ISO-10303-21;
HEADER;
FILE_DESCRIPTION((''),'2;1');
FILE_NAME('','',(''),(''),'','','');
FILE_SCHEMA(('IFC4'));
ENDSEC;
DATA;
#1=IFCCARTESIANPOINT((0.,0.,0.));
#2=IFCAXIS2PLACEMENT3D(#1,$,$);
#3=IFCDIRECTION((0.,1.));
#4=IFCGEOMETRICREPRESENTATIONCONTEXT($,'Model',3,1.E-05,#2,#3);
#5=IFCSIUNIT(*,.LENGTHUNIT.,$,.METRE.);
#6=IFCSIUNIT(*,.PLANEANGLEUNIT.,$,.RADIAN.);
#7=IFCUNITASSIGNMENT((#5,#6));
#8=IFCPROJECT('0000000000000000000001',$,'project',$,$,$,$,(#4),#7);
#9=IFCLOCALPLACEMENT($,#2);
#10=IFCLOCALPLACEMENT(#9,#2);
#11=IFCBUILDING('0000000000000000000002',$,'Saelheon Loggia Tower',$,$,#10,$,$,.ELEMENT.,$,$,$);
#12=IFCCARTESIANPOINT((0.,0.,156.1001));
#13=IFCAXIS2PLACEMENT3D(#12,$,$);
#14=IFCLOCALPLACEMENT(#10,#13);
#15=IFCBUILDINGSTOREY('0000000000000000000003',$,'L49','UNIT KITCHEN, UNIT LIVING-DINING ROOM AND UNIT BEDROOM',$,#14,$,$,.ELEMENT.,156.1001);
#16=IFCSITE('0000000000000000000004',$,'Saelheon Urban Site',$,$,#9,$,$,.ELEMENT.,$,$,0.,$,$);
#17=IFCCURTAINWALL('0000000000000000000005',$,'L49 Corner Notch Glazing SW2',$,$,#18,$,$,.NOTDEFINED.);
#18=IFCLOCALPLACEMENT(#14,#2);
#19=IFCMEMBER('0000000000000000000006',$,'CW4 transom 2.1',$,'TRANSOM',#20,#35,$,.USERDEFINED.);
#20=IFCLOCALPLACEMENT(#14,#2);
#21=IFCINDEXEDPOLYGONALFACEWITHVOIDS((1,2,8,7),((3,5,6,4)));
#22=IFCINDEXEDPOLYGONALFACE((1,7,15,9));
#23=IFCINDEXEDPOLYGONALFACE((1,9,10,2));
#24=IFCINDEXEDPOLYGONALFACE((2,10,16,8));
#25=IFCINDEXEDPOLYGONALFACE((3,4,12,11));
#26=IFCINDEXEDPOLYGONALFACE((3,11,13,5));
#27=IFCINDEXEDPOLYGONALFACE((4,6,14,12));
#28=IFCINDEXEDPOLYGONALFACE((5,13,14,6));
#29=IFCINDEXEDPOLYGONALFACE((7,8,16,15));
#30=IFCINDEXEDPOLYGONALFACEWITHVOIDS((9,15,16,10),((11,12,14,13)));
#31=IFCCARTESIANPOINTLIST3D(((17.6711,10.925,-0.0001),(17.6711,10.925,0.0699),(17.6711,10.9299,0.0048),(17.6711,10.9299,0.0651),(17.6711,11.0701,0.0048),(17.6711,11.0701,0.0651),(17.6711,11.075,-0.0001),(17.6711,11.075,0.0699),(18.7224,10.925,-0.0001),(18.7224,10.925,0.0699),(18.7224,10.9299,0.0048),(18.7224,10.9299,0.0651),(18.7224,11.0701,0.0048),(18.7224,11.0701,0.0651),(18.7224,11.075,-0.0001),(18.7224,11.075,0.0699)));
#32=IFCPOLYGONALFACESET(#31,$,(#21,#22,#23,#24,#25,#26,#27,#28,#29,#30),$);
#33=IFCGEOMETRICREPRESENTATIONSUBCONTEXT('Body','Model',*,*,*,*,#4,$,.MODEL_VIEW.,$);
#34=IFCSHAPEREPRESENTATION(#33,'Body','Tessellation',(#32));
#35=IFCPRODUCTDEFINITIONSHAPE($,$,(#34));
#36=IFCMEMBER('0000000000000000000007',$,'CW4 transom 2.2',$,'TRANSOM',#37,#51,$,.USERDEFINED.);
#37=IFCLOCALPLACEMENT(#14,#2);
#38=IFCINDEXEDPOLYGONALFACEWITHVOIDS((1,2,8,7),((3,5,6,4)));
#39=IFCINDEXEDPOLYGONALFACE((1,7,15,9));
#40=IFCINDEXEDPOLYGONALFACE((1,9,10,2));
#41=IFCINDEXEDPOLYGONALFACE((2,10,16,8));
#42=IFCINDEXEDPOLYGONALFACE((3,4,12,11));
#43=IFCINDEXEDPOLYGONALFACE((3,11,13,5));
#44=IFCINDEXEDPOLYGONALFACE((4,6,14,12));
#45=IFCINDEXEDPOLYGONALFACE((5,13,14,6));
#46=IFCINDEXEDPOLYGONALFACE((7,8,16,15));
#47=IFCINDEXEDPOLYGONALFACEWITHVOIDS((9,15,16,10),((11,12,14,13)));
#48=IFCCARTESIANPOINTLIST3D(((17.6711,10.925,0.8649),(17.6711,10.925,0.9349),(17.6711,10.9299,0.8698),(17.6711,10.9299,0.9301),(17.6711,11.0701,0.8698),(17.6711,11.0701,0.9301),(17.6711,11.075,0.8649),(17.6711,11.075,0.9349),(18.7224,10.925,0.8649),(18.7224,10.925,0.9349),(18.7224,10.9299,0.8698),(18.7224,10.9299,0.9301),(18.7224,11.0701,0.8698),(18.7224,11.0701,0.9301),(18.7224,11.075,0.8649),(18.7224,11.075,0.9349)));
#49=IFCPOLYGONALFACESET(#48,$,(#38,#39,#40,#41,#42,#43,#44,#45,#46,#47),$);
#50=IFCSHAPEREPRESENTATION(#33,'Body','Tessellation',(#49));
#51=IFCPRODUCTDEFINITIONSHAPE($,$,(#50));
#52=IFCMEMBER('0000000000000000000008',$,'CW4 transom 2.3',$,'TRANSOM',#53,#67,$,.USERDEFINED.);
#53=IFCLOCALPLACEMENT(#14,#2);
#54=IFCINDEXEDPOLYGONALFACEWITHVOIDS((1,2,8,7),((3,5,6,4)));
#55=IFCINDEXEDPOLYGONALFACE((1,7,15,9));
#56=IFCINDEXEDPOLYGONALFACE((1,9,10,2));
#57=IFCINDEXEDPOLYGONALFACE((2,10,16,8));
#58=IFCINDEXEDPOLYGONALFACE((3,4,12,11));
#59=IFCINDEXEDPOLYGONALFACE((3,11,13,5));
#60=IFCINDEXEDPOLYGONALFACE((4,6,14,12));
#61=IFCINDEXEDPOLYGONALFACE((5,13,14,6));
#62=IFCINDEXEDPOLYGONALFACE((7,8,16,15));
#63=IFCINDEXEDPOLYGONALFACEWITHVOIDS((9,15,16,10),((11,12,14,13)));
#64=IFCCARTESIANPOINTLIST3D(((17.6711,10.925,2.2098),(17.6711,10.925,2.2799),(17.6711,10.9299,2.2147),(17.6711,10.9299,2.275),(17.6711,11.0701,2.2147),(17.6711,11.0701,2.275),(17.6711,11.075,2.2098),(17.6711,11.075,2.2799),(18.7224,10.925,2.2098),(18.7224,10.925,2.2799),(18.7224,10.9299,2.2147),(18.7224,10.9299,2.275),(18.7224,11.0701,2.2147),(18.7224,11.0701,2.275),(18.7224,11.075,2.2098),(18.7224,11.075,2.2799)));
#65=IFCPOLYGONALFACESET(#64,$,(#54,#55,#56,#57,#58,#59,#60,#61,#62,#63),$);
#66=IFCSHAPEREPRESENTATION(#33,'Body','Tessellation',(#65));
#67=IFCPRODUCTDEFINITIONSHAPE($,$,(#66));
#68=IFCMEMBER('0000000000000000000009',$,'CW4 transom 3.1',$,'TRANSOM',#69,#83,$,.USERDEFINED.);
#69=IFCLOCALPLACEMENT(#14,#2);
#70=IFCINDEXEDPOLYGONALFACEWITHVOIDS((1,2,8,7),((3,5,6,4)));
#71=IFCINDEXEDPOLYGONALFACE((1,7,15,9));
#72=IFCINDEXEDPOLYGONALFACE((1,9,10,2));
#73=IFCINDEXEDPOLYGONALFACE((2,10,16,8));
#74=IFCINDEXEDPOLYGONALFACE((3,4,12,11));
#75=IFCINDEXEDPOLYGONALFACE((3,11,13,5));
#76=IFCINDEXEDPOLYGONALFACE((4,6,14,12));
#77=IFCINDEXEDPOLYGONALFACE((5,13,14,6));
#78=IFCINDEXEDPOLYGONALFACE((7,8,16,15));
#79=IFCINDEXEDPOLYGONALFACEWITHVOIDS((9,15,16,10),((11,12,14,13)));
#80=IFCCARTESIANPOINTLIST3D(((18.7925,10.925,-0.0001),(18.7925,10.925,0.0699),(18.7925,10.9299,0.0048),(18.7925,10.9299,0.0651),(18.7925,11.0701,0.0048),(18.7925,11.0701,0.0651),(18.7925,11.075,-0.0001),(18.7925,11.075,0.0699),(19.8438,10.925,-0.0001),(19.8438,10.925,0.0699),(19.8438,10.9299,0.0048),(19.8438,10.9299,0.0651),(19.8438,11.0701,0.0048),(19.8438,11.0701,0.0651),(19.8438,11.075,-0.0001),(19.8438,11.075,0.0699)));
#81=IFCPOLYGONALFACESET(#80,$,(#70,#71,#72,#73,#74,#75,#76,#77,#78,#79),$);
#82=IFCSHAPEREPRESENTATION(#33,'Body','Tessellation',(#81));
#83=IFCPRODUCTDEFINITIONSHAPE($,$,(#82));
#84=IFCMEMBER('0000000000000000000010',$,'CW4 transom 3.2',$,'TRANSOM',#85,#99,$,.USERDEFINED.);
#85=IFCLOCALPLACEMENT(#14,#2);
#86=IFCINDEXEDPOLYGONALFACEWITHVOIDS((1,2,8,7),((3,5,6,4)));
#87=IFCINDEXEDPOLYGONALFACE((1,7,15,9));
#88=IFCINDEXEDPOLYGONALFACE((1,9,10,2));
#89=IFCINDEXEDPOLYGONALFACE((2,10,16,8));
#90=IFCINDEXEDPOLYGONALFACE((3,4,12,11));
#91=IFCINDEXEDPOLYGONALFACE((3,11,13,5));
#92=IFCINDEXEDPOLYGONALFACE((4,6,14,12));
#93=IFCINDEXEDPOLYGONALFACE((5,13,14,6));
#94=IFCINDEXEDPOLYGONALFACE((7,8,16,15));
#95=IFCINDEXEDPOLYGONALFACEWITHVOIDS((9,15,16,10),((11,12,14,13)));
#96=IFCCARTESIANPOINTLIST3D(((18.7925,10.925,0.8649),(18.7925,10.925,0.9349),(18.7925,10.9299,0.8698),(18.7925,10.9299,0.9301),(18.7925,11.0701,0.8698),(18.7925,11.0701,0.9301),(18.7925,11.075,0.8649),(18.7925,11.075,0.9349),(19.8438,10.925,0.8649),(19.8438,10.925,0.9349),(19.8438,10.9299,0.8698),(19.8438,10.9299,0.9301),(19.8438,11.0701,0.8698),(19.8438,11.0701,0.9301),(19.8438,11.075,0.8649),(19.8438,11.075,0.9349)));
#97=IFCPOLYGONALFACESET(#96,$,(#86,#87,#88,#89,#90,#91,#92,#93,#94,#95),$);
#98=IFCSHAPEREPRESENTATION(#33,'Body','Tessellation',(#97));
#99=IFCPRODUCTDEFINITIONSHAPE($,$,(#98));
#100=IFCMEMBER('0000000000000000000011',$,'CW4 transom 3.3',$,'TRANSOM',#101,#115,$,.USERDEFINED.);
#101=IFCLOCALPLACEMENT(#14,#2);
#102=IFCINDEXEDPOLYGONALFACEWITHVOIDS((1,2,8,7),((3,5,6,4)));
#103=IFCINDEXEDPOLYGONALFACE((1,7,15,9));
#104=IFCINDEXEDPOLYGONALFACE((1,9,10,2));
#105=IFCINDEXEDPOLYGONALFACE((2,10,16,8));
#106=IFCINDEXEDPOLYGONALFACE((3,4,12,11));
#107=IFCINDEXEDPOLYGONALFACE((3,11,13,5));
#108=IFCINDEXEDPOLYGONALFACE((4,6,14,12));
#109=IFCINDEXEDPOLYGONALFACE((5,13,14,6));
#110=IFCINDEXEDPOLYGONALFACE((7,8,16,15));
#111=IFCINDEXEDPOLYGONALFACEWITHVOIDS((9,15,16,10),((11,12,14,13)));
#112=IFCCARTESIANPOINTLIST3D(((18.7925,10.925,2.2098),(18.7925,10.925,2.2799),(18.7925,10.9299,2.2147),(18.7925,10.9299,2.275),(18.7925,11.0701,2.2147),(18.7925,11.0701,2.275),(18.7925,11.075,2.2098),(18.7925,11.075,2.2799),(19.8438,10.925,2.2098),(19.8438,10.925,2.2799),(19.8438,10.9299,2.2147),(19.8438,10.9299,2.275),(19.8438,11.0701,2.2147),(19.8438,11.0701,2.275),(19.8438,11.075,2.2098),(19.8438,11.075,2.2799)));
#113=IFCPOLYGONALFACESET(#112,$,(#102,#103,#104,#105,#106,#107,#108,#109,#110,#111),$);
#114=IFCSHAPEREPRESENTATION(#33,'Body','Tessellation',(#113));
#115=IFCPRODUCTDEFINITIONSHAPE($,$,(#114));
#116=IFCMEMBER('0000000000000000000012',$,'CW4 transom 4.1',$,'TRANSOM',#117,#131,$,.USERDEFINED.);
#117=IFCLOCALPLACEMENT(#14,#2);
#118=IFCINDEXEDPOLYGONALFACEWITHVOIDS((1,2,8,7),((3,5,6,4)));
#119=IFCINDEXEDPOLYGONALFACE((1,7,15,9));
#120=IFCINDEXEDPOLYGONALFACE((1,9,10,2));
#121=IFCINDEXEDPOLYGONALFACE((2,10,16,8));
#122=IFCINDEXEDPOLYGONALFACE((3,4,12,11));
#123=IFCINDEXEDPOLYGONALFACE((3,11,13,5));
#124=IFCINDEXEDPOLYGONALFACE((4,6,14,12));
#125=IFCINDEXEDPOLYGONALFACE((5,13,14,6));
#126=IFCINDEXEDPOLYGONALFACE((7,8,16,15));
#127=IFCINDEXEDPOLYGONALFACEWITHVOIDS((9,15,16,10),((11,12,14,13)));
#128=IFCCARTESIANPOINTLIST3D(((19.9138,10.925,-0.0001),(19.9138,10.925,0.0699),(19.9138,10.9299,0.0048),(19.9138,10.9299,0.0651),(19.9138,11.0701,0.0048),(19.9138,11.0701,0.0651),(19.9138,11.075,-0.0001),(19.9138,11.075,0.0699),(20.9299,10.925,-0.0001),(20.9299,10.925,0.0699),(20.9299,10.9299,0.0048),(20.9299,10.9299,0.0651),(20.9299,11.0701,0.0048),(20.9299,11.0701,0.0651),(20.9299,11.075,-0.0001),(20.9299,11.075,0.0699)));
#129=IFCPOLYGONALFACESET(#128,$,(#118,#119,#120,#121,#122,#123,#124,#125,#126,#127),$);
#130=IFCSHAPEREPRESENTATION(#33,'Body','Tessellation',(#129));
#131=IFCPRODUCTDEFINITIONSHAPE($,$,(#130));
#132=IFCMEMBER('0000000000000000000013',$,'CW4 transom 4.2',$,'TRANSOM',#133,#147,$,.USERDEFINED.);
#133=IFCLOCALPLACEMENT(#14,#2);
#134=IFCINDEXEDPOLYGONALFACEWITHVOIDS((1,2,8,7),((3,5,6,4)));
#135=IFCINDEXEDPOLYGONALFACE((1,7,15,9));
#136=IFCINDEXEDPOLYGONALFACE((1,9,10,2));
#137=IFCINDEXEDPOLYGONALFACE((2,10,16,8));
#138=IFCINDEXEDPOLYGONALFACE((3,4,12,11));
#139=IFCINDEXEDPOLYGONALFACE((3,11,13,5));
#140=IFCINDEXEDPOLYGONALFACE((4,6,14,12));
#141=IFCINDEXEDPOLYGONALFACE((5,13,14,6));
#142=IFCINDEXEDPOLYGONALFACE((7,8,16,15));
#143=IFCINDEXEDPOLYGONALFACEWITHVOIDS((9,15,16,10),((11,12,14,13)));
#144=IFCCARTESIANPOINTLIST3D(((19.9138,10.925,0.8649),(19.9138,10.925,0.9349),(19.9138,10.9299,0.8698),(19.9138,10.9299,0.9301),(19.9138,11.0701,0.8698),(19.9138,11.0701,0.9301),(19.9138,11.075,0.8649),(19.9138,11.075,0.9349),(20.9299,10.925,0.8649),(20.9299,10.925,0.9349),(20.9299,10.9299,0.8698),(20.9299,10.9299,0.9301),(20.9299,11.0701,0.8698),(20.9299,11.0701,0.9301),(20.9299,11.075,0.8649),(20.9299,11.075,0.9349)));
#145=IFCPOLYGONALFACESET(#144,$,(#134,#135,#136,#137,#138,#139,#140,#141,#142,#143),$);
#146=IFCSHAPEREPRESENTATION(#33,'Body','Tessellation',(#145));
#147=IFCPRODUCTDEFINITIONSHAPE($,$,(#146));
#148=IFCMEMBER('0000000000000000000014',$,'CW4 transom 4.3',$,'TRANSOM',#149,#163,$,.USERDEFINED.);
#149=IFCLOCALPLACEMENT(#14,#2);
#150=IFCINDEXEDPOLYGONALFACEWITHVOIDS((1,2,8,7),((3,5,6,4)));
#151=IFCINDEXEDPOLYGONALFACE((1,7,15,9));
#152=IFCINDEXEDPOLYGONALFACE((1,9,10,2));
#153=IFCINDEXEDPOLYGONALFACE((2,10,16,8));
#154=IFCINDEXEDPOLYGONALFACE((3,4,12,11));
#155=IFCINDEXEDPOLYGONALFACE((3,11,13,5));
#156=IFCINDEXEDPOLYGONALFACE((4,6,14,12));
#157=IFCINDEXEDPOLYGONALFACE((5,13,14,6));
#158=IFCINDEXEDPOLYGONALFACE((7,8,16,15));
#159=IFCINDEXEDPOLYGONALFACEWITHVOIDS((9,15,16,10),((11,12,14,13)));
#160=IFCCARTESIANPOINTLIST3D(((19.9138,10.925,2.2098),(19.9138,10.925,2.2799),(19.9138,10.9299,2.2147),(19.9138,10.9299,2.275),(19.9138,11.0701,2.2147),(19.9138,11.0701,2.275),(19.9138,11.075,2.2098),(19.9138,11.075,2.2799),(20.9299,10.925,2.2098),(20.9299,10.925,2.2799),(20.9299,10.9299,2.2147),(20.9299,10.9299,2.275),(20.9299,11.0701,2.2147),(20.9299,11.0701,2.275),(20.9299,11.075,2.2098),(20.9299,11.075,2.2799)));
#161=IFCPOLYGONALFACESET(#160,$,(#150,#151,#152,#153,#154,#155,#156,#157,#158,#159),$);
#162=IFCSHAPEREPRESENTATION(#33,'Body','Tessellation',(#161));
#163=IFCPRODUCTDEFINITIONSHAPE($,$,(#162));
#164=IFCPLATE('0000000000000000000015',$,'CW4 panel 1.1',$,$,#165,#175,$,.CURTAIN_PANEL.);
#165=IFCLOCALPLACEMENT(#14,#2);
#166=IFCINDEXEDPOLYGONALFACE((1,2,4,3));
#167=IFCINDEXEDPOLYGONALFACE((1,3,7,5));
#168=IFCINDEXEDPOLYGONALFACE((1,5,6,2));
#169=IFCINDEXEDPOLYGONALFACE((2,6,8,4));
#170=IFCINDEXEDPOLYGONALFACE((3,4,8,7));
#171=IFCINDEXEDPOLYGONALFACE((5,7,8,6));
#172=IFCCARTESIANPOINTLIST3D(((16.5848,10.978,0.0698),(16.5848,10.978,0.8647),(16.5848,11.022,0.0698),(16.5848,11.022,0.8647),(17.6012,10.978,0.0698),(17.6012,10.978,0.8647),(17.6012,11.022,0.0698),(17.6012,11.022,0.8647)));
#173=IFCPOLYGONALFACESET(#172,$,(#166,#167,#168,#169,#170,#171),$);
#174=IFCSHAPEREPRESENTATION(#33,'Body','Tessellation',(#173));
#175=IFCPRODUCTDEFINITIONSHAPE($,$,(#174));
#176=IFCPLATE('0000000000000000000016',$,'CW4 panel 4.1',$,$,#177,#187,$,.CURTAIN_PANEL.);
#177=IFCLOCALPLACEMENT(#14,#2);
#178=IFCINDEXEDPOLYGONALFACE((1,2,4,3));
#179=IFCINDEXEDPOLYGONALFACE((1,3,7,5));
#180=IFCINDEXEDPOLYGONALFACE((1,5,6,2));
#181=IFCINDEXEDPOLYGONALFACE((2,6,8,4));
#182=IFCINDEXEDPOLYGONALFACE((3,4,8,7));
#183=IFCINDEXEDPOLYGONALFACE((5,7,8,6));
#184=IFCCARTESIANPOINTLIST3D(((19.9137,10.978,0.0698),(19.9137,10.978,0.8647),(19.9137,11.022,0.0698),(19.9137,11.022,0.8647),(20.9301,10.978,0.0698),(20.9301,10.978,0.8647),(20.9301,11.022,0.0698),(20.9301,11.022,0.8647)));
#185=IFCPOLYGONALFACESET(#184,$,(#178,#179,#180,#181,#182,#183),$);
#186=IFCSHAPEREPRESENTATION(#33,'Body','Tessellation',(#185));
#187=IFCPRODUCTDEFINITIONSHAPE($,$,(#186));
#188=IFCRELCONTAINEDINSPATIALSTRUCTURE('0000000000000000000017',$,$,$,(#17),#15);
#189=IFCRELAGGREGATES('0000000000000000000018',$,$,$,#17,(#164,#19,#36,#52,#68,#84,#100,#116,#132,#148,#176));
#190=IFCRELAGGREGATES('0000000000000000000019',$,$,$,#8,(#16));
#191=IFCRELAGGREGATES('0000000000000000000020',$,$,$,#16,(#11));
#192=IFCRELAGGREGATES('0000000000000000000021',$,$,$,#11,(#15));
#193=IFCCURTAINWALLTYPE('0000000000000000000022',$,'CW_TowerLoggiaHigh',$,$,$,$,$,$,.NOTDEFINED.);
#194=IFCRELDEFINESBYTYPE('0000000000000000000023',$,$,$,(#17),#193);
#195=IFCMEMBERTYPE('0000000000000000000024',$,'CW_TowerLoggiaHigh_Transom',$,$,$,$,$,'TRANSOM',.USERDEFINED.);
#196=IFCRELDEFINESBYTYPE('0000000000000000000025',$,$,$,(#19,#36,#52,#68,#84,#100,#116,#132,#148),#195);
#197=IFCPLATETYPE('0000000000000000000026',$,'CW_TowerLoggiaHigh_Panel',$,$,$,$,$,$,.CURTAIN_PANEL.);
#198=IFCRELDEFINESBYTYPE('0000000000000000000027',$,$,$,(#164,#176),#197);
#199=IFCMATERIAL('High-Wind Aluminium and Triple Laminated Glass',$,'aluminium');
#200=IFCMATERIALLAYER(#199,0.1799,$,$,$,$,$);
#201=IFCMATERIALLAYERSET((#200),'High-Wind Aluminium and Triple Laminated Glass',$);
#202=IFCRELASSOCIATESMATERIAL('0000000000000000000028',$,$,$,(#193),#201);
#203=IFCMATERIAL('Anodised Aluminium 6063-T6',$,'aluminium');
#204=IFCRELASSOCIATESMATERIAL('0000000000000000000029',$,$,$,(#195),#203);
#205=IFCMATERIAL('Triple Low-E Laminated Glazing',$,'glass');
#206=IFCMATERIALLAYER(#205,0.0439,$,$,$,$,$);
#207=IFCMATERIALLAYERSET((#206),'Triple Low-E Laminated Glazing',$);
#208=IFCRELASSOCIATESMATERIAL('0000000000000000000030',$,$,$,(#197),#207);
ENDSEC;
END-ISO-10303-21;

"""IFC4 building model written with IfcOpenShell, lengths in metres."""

from ifc_helpers import new_model, si_unit, direction, frame, origin, origin_2d, place, context, subcontext, project, spatial, rectangle, hollow_rectangle, extrude, source, transform, mapped, material, layer, layer_set, material_profile, profile_set, type_object, element, aggregate, save


model = new_model("IFC4")

# Units and contexts
model_context = context("Model", 3, precision=1e-05, world=origin(), true_north=direction((0.0, 1.0)))
body_context = subcontext(model_context, "Body", "Model", "MODEL_VIEW")
ifc_project = project(units=[si_unit("LENGTHUNIT", "METRE"), si_unit("PLANEANGLEUNIT", "RADIAN")], contexts=[model_context])

# Site, building, storey
site_placement = place(None, origin())
site = spatial("IfcSite", under=ifc_project, at=site_placement, Name="Saelheon Urban Site", CompositionType="ELEMENT", RefElevation=0.0)
building_placement = place(site_placement, origin())
building = spatial("IfcBuilding", under=site, at=building_placement, Name="Saelheon Loggia Tower", CompositionType="ELEMENT")
storey_placement = place(building_placement, frame((0.0, 0.0, 156.1001)))
storey = spatial("IfcBuildingStorey", under=building, at=storey_placement, Name="L49", Description="UNIT KITCHEN, UNIT LIVING-DINING ROOM AND UNIT BEDROOM", CompositionType="ELEMENT", Elevation=156.1001)

# Curtain wall, members, plates
ifc_material_1 = material(Name="High-Wind Aluminium and Triple Laminated Glass", Category="aluminium")
ifc_layer_1 = layer(ifc_material_1, 0.1799)
ifc_layer_set_1 = layer_set([ifc_layer_1], Name="High-Wind Aluminium and Triple Laminated Glass")
curtain_wall_type = type_object("IfcCurtainWallType", Name="CW_TowerLoggiaHigh", PredefinedType="NOTDEFINED", material=ifc_layer_set_1)
curtain_wall_placement = place(storey_placement, origin())
curtain_wall = element("IfcCurtainWall", 1, at=curtain_wall_placement, inside=storey, type_object=curtain_wall_type, Name="L49 Corner Notch Glazing SW2", PredefinedType="NOTDEFINED")
ifc_material_2 = material(Name="Anodised Aluminium 6063-T6", Category="aluminium")
ifc_material_profile_1 = material_profile(ifc_material_2, hollow_rectangle(XDim=0.0701, YDim=0.1499, WallThickness=0.0049, at=origin_2d()), Name="RHS-150x70x5")
ifc_profile_set_1 = profile_set([ifc_material_profile_1], Name="Anodised Aluminium 6063-T6")
member_type_1 = type_object("IfcMemberType", Name="CW_TowerLoggiaHigh_Transom", ElementType="TRANSOM", PredefinedType="USERDEFINED", material=ifc_profile_set_1)
shared_shape_1 = source(origin(), body_context, "Body", "SweptSolid", [
    extrude(hollow_rectangle(XDim=0.0701, YDim=0.1499, WallThickness=0.0049, at=origin_2d()), origin(), (0.0, 0.0, 1.0), 1.0513),
])
member_1_placement = place(storey_placement, frame((17.6711, 11.0, 0.0349), z_axis=(1.0, 0.0, 0.0), x_axis=(0.0, 0.0, 1.0)))
member_1 = element("IfcMember", 2, at=member_1_placement, type_object=member_type_1, Name="CW4 transom 2.1", ObjectType="TRANSOM", PredefinedType="USERDEFINED", context=body_context, shape_type="MappedRepresentation", body=[
    mapped(shared_shape_1, transform((0.0, 0.0, 0.0), scale=1.0)),
])
member_2_placement = place(storey_placement, frame((17.6711, 11.0, 0.8999), z_axis=(1.0, 0.0, 0.0), x_axis=(0.0, 0.0, 1.0)))
member_2 = element("IfcMember", 3, at=member_2_placement, type_object=member_type_1, Name="CW4 transom 2.2", ObjectType="TRANSOM", PredefinedType="USERDEFINED", context=body_context, shape_type="MappedRepresentation", body=[
    mapped(shared_shape_1, transform((0.0, 0.0, 0.0), scale=1.0)),
])
member_3_placement = place(storey_placement, frame((17.6711, 11.0, 2.2449), z_axis=(1.0, 0.0, 0.0), x_axis=(0.0, 0.0, 1.0)))
member_3 = element("IfcMember", 4, at=member_3_placement, type_object=member_type_1, Name="CW4 transom 2.3", ObjectType="TRANSOM", PredefinedType="USERDEFINED", context=body_context, shape_type="MappedRepresentation", body=[
    mapped(shared_shape_1, transform((0.0, 0.0, 0.0), scale=1.0)),
])
member_4_placement = place(storey_placement, frame((18.7925, 11.0, 0.0349), z_axis=(1.0, 0.0, 0.0), x_axis=(0.0, 0.0, 1.0)))
member_4 = element("IfcMember", 5, at=member_4_placement, type_object=member_type_1, Name="CW4 transom 3.1", ObjectType="TRANSOM", PredefinedType="USERDEFINED", context=body_context, shape_type="MappedRepresentation", body=[
    mapped(shared_shape_1, transform((0.0, 0.0, 0.0), scale=1.0)),
])
member_5_placement = place(storey_placement, frame((18.7925, 11.0, 0.8999), z_axis=(1.0, 0.0, 0.0), x_axis=(0.0, 0.0, 1.0)))
member_5 = element("IfcMember", 6, at=member_5_placement, type_object=member_type_1, Name="CW4 transom 3.2", ObjectType="TRANSOM", PredefinedType="USERDEFINED", context=body_context, shape_type="MappedRepresentation", body=[
    mapped(shared_shape_1, transform((0.0, 0.0, 0.0), scale=1.0)),
])
member_6_placement = place(storey_placement, frame((18.7925, 11.0, 2.2449), z_axis=(1.0, 0.0, 0.0), x_axis=(0.0, 0.0, 1.0)))
member_6 = element("IfcMember", 7, at=member_6_placement, type_object=member_type_1, Name="CW4 transom 3.3", ObjectType="TRANSOM", PredefinedType="USERDEFINED", context=body_context, shape_type="MappedRepresentation", body=[
    mapped(shared_shape_1, transform((0.0, 0.0, 0.0), scale=1.0)),
])
shared_shape_2 = source(origin(), body_context, "Body", "SweptSolid", [
    extrude(hollow_rectangle(XDim=0.0701, YDim=0.1499, WallThickness=0.0049, at=origin_2d()), origin(), (0.0, 0.0, 1.0), 1.0161),
])
member_7_placement = place(storey_placement, frame((19.9138, 11.0, 0.0349), z_axis=(1.0, 0.0, 0.0), x_axis=(0.0, 0.0, 1.0)))
member_7 = element("IfcMember", 8, at=member_7_placement, type_object=member_type_1, Name="CW4 transom 4.1", ObjectType="TRANSOM", PredefinedType="USERDEFINED", context=body_context, shape_type="MappedRepresentation", body=[
    mapped(shared_shape_2, transform((0.0, 0.0, 0.0), scale=1.0)),
])
member_8_placement = place(storey_placement, frame((19.9138, 11.0, 0.8999), z_axis=(1.0, 0.0, 0.0), x_axis=(0.0, 0.0, 1.0)))
member_8 = element("IfcMember", 9, at=member_8_placement, type_object=member_type_1, Name="CW4 transom 4.2", ObjectType="TRANSOM", PredefinedType="USERDEFINED", context=body_context, shape_type="MappedRepresentation", body=[
    mapped(shared_shape_2, transform((0.0, 0.0, 0.0), scale=1.0)),
])
member_9_placement = place(storey_placement, frame((19.9138, 11.0, 2.2449), z_axis=(1.0, 0.0, 0.0), x_axis=(0.0, 0.0, 1.0)))
member_9 = element("IfcMember", 10, at=member_9_placement, type_object=member_type_1, Name="CW4 transom 4.3", ObjectType="TRANSOM", PredefinedType="USERDEFINED", context=body_context, shape_type="MappedRepresentation", body=[
    mapped(shared_shape_2, transform((0.0, 0.0, 0.0), scale=1.0)),
])
ifc_material_3 = material(Name="Triple Low-E Laminated Glazing", Category="glass")
ifc_layer_2 = layer(ifc_material_3, 0.0439)
ifc_layer_set_2 = layer_set([ifc_layer_2], Name="Triple Low-E Laminated Glazing")
plate_type = type_object("IfcPlateType", Name="CW_TowerLoggiaHigh_Panel", PredefinedType="CURTAIN_PANEL", material=ifc_layer_set_2)
shared_shape_3 = source(origin(), body_context, "Body", "SweptSolid", [
    extrude(rectangle(XDim=1.0164, YDim=0.0439, at=origin_2d()), origin(), (0.0, 0.0, 1.0), 0.7949),
])
plate_1_placement = place(storey_placement, frame((17.093, 11.0, 0.0698), z_axis=(0.0, 0.0, 1.0), x_axis=(1.0, 0.0, 0.0)))
plate_1 = element("IfcPlate", 11, at=plate_1_placement, type_object=plate_type, Name="CW4 panel 1.1", PredefinedType="CURTAIN_PANEL", context=body_context, shape_type="MappedRepresentation", body=[
    mapped(shared_shape_3, transform((0.0, 0.0, 0.0), scale=1.0)),
])
plate_2_placement = place(storey_placement, frame((20.4219, 11.0, 0.0698), z_axis=(0.0, 0.0, 1.0), x_axis=(1.0, 0.0, 0.0)))
plate_2 = element("IfcPlate", 12, at=plate_2_placement, type_object=plate_type, Name="CW4 panel 4.1", PredefinedType="CURTAIN_PANEL", context=body_context, shape_type="MappedRepresentation", body=[
    mapped(shared_shape_3, transform((0.0, 0.0, 0.0), scale=1.0)),
])
aggregate(curtain_wall, [plate_1, member_1, member_2, member_3, member_4, member_5, member_6, member_7, member_8, member_9, plate_2])

save(model, "model.ifc")
